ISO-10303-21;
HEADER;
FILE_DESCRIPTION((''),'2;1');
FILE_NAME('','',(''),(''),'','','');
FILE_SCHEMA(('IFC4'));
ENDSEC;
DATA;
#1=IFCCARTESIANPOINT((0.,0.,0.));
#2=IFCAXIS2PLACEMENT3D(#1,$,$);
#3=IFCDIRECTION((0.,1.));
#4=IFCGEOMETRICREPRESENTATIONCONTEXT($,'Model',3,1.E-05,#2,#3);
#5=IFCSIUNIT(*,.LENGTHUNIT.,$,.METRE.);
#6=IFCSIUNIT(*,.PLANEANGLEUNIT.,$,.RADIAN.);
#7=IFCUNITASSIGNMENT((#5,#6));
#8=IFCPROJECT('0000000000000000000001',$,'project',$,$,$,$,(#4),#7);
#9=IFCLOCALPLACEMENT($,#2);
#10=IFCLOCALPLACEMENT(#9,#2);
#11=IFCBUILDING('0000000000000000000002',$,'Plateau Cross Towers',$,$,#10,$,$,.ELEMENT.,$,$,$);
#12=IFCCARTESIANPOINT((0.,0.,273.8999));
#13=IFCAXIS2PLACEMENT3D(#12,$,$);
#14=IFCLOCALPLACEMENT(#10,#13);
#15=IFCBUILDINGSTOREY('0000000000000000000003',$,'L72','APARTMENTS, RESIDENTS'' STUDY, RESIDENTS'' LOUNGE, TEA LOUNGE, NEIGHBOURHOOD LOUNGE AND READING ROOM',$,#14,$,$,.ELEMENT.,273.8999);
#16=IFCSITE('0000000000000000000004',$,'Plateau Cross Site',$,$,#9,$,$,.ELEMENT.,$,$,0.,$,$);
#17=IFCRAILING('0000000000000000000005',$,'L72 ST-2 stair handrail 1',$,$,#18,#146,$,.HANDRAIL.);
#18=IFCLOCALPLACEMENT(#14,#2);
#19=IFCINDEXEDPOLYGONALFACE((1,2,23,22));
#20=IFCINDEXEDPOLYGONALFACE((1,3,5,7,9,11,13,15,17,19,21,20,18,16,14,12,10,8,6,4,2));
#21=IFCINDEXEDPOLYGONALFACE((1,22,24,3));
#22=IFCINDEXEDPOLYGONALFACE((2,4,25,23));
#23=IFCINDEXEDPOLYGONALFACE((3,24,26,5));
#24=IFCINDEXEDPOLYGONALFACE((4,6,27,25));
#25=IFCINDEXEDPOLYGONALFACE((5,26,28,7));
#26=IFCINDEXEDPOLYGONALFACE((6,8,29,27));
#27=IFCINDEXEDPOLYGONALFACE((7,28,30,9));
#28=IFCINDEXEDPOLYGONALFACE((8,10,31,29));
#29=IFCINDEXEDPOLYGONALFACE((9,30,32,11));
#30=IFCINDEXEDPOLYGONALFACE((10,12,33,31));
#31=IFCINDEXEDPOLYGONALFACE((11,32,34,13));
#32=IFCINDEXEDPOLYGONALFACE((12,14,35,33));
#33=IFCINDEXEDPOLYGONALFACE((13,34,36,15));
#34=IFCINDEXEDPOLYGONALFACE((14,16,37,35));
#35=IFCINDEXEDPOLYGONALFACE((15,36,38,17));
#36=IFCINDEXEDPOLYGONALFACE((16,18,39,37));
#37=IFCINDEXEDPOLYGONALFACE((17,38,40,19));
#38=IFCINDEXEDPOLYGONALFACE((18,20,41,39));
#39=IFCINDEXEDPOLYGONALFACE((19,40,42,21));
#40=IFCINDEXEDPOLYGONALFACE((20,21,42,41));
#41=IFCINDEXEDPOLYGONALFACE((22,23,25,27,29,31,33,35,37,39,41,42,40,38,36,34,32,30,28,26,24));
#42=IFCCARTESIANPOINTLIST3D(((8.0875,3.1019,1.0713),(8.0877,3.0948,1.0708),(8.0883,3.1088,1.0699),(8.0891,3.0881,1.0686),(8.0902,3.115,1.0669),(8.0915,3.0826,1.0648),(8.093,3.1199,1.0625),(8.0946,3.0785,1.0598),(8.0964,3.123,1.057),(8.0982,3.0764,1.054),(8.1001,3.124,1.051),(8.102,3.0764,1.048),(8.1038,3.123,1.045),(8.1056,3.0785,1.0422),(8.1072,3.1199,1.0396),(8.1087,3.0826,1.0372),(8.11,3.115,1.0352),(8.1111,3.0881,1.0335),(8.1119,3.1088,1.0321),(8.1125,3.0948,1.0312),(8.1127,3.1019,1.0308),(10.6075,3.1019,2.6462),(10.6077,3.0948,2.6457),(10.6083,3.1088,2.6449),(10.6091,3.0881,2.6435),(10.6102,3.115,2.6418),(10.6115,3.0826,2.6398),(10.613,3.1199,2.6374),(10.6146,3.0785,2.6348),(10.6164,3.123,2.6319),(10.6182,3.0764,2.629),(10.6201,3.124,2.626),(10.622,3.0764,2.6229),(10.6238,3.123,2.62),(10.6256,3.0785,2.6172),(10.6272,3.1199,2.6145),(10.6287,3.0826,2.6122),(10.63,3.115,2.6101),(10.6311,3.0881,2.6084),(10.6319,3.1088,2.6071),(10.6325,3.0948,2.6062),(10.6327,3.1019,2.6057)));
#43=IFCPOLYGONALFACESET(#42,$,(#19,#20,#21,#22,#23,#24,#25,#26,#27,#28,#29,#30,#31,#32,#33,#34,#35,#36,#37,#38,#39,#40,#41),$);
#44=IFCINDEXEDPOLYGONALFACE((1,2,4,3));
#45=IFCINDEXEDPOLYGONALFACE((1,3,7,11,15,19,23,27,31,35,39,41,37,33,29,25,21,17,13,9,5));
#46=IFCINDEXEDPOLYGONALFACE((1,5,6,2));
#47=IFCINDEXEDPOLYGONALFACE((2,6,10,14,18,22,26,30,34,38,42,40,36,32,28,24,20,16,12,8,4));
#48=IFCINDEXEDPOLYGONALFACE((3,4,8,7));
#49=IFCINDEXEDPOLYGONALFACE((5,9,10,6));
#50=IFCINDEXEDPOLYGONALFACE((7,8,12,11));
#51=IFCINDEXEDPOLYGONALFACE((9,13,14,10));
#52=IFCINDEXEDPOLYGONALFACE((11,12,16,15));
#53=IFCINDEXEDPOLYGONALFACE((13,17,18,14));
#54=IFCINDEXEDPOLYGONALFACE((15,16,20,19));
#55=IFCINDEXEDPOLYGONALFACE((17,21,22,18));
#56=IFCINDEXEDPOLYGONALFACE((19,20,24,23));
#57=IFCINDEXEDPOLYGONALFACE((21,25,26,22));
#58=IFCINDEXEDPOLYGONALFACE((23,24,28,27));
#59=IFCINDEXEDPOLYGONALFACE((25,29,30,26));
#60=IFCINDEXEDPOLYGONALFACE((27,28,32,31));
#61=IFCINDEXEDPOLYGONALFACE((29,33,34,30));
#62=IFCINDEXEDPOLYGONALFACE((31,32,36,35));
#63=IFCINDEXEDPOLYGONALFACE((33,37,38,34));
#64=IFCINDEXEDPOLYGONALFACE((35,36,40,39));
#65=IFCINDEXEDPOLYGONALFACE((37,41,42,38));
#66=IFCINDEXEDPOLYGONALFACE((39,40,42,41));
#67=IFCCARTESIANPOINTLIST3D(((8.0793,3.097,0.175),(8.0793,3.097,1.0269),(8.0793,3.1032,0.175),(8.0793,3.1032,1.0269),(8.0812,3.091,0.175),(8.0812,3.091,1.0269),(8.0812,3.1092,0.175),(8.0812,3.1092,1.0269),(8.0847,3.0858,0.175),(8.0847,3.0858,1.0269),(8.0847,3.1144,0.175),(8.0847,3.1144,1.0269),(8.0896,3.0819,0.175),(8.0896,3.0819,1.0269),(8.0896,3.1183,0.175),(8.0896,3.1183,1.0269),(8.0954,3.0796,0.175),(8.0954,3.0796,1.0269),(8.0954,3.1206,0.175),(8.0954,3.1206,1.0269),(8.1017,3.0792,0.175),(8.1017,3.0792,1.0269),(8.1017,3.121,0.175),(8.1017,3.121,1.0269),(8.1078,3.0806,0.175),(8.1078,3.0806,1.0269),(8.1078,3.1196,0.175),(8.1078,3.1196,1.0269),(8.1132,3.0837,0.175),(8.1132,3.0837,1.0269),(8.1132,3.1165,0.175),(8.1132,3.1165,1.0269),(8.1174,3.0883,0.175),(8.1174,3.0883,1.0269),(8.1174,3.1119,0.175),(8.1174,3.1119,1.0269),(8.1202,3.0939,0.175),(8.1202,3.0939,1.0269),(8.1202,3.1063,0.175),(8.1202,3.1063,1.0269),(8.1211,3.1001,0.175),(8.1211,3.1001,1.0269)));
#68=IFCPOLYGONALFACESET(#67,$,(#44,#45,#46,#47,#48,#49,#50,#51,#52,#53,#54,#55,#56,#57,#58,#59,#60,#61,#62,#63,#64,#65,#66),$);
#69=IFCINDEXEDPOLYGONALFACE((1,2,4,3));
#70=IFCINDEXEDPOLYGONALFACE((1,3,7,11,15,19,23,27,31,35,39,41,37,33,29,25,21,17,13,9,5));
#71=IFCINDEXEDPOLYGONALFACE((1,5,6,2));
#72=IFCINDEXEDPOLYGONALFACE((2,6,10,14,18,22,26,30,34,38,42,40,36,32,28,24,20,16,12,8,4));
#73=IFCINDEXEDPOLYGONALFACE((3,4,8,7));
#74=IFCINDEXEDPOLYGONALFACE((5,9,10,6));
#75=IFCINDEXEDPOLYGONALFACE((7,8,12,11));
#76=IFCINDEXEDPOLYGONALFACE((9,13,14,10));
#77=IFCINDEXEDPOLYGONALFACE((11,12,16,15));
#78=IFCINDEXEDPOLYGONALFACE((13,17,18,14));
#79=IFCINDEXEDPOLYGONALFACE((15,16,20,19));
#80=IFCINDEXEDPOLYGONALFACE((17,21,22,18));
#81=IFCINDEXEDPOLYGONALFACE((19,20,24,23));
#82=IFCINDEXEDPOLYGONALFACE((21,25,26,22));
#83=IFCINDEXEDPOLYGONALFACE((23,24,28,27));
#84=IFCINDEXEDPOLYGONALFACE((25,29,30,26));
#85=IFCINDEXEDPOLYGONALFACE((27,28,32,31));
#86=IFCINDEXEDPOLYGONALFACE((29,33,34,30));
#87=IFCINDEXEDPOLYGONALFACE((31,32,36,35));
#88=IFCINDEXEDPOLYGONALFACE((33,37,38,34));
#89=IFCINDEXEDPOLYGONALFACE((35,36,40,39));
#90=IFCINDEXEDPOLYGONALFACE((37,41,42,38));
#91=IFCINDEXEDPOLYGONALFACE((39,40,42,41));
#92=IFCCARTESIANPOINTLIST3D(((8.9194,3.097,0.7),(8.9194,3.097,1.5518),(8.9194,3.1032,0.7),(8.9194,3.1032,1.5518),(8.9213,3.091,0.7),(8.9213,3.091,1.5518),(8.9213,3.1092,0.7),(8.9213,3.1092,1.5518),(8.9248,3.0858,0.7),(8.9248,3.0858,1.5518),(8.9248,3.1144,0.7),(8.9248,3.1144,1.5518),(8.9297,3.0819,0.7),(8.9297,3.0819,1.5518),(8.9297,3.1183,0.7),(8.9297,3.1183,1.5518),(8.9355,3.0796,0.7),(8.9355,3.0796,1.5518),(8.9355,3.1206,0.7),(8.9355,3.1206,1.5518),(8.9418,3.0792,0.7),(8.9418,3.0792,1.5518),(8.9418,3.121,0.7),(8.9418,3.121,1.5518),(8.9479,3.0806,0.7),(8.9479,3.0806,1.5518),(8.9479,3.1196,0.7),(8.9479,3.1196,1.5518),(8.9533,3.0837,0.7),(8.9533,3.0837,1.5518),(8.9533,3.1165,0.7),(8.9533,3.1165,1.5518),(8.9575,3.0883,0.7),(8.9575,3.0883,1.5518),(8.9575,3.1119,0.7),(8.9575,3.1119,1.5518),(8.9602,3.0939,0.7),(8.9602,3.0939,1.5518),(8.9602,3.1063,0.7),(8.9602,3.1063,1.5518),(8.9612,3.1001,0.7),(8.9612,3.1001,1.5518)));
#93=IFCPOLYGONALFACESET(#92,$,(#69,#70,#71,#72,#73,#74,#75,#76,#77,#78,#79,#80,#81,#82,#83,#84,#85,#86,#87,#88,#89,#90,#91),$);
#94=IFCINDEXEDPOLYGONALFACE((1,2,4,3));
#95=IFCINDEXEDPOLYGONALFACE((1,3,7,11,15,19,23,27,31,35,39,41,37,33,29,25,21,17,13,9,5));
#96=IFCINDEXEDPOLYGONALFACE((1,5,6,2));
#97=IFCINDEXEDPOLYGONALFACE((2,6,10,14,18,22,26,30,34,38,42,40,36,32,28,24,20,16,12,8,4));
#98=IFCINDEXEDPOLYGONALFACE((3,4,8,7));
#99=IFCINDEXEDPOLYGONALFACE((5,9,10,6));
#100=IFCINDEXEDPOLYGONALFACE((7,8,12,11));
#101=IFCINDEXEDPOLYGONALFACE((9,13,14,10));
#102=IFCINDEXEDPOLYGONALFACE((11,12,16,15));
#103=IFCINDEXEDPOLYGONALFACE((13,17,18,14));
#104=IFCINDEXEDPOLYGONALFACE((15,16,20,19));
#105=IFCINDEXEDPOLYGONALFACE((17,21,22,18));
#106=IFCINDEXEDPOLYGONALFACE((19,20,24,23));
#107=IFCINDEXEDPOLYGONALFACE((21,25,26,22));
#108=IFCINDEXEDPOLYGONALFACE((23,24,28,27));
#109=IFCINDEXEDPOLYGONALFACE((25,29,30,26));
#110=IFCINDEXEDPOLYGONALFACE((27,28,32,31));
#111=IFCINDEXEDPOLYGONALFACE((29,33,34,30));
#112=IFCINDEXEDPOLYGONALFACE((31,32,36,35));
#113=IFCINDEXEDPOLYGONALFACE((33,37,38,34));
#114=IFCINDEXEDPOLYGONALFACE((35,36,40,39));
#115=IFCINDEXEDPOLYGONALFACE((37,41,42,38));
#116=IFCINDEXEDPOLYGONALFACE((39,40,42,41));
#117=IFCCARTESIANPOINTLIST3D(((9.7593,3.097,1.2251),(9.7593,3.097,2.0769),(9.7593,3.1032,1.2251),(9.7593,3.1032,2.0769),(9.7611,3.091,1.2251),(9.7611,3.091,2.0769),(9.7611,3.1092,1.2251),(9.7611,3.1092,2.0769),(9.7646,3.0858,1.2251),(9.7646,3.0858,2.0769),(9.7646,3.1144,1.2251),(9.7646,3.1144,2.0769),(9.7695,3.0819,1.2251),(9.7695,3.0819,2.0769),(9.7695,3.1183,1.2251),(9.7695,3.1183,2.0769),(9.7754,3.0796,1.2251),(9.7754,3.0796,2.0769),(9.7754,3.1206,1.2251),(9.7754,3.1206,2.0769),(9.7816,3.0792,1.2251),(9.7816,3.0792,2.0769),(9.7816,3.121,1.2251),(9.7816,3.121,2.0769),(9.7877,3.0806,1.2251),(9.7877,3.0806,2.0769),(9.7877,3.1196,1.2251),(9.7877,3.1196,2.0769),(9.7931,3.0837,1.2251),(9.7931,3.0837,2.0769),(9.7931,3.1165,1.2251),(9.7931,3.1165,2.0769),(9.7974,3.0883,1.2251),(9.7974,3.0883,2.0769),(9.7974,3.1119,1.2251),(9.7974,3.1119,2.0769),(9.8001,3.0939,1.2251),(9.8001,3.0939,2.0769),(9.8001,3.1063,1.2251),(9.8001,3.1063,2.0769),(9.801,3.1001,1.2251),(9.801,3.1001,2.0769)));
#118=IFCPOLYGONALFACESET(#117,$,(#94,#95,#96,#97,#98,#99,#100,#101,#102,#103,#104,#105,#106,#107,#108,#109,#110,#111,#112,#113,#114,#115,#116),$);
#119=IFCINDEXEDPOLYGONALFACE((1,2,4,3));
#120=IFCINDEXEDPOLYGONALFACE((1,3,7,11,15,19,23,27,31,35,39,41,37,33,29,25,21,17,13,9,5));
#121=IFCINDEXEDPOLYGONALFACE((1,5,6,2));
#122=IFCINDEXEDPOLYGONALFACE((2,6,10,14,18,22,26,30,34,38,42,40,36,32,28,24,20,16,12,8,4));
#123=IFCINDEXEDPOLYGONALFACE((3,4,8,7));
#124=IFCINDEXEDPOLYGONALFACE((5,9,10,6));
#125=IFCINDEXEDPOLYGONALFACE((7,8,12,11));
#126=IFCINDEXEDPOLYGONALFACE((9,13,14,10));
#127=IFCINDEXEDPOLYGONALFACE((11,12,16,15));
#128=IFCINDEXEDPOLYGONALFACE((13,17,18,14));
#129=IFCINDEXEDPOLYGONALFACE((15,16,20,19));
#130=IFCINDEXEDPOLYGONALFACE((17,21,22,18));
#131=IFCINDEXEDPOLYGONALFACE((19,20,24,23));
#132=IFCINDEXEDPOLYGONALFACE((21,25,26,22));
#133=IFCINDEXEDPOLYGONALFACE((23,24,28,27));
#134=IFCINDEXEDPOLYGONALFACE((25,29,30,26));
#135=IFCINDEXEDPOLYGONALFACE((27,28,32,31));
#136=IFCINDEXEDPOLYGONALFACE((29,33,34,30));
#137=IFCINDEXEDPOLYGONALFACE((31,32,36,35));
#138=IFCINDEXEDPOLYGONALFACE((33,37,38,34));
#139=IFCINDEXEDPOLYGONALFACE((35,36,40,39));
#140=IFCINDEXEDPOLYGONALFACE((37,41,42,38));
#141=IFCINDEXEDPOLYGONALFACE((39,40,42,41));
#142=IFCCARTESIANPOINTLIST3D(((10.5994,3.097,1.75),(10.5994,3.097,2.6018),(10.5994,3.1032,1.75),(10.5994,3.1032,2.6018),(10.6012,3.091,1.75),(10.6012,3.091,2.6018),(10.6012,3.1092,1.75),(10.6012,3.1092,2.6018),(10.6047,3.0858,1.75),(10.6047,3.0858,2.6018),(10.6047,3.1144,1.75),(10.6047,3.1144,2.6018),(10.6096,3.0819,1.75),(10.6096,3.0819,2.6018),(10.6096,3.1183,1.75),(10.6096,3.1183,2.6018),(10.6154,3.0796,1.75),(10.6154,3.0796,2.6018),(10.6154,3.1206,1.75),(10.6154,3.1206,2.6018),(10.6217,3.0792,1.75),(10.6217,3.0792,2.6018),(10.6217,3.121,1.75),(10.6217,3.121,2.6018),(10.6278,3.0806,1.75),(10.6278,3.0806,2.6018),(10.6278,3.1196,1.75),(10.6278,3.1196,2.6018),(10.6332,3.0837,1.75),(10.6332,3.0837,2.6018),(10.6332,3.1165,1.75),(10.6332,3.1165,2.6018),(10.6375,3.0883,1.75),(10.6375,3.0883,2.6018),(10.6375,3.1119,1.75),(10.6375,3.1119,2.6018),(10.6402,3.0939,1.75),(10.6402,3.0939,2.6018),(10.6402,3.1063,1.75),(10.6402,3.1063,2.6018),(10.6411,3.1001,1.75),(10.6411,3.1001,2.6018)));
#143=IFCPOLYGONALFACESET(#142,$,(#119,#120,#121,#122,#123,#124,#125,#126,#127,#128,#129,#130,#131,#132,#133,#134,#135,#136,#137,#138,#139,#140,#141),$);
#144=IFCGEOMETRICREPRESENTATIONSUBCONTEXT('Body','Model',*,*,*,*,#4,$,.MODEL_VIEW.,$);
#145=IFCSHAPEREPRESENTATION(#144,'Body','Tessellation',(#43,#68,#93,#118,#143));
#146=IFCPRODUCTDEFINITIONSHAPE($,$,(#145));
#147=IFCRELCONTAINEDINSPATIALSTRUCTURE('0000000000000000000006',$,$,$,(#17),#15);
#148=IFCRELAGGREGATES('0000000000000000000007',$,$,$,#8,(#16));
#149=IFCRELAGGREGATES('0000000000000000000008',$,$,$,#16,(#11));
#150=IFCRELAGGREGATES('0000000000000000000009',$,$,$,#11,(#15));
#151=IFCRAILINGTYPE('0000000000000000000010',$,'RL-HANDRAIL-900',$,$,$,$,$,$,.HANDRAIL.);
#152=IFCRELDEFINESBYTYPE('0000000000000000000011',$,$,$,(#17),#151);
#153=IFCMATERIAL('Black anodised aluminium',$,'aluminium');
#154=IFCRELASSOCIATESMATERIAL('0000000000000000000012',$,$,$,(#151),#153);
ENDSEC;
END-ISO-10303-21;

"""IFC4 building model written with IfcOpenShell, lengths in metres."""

from ifc_helpers import new_model, si_unit, direction, frame, origin, origin_2d, place, context, subcontext, project, spatial, circle, extrude, material, type_object, element, save


model = new_model("IFC4")

# Units and contexts
model_context = context("Model", 3, precision=1e-05, world=origin(), true_north=direction((0.0, 1.0)))
body_context = subcontext(model_context, "Body", "Model", "MODEL_VIEW")
ifc_project = project(units=[si_unit("LENGTHUNIT", "METRE"), si_unit("PLANEANGLEUNIT", "RADIAN")], contexts=[model_context])

# Site, building, storey
site_placement = place(None, origin())
site = spatial("IfcSite", under=ifc_project, at=site_placement, Name="Plateau Cross Site", CompositionType="ELEMENT", RefElevation=0.0)
building_placement = place(site_placement, origin())
building = spatial("IfcBuilding", under=site, at=building_placement, Name="Plateau Cross Towers", CompositionType="ELEMENT")
storey_placement = place(building_placement, frame((0.0, 0.0, 273.8999)))
storey = spatial("IfcBuildingStorey", under=building, at=storey_placement, Name="L72", Description="APARTMENTS, RESIDENTS' STUDY, RESIDENTS' LOUNGE, TEA LOUNGE, NEIGHBOURHOOD LOUNGE AND READING ROOM", CompositionType="ELEMENT", Elevation=273.8999)

# Shared definitions
ifc_material_1 = material(Name="Black anodised aluminium", Category="aluminium")

# Railing
railing_type_1 = type_object("IfcRailingType", Name="RL-HANDRAIL-900", PredefinedType="HANDRAIL", material=ifc_material_1)
railing_1_placement = place(storey_placement, frame((8.1001, 3.1001, 0.175)))
element("IfcRailing", 1, at=railing_1_placement, inside=storey, type_object=railing_type_1, Name="L72 ST-2 stair handrail 1", PredefinedType="HANDRAIL", context=body_context, shape_type="SweptSolid", body=[
    extrude(circle(Radius=0.0239, at=origin_2d()), frame((0.0, 0.0, 0.876), z_axis=(0.848008, 0.0, 0.529984), x_axis=(0.0, 1.0, 0.0)), (0.0, 0.0, 1.0), 2.9717),
    extrude(circle(Radius=0.021, at=origin_2d()), origin(), (0.0, 0.0, 1.0), 0.8518),
    extrude(circle(Radius=0.021, at=origin_2d()), frame((0.8401, 0.0, 0.5249)), (0.0, 0.0, 1.0), 0.8518),
    extrude(circle(Radius=0.021, at=origin_2d()), frame((1.6799, 0.0, 1.05)), (0.0, 0.0, 1.0), 0.8518),
    extrude(circle(Radius=0.021, at=origin_2d()), frame((2.52, 0.0, 1.575)), (0.0, 0.0, 1.0), 0.8518),
])

save(model, "model.ifc")
